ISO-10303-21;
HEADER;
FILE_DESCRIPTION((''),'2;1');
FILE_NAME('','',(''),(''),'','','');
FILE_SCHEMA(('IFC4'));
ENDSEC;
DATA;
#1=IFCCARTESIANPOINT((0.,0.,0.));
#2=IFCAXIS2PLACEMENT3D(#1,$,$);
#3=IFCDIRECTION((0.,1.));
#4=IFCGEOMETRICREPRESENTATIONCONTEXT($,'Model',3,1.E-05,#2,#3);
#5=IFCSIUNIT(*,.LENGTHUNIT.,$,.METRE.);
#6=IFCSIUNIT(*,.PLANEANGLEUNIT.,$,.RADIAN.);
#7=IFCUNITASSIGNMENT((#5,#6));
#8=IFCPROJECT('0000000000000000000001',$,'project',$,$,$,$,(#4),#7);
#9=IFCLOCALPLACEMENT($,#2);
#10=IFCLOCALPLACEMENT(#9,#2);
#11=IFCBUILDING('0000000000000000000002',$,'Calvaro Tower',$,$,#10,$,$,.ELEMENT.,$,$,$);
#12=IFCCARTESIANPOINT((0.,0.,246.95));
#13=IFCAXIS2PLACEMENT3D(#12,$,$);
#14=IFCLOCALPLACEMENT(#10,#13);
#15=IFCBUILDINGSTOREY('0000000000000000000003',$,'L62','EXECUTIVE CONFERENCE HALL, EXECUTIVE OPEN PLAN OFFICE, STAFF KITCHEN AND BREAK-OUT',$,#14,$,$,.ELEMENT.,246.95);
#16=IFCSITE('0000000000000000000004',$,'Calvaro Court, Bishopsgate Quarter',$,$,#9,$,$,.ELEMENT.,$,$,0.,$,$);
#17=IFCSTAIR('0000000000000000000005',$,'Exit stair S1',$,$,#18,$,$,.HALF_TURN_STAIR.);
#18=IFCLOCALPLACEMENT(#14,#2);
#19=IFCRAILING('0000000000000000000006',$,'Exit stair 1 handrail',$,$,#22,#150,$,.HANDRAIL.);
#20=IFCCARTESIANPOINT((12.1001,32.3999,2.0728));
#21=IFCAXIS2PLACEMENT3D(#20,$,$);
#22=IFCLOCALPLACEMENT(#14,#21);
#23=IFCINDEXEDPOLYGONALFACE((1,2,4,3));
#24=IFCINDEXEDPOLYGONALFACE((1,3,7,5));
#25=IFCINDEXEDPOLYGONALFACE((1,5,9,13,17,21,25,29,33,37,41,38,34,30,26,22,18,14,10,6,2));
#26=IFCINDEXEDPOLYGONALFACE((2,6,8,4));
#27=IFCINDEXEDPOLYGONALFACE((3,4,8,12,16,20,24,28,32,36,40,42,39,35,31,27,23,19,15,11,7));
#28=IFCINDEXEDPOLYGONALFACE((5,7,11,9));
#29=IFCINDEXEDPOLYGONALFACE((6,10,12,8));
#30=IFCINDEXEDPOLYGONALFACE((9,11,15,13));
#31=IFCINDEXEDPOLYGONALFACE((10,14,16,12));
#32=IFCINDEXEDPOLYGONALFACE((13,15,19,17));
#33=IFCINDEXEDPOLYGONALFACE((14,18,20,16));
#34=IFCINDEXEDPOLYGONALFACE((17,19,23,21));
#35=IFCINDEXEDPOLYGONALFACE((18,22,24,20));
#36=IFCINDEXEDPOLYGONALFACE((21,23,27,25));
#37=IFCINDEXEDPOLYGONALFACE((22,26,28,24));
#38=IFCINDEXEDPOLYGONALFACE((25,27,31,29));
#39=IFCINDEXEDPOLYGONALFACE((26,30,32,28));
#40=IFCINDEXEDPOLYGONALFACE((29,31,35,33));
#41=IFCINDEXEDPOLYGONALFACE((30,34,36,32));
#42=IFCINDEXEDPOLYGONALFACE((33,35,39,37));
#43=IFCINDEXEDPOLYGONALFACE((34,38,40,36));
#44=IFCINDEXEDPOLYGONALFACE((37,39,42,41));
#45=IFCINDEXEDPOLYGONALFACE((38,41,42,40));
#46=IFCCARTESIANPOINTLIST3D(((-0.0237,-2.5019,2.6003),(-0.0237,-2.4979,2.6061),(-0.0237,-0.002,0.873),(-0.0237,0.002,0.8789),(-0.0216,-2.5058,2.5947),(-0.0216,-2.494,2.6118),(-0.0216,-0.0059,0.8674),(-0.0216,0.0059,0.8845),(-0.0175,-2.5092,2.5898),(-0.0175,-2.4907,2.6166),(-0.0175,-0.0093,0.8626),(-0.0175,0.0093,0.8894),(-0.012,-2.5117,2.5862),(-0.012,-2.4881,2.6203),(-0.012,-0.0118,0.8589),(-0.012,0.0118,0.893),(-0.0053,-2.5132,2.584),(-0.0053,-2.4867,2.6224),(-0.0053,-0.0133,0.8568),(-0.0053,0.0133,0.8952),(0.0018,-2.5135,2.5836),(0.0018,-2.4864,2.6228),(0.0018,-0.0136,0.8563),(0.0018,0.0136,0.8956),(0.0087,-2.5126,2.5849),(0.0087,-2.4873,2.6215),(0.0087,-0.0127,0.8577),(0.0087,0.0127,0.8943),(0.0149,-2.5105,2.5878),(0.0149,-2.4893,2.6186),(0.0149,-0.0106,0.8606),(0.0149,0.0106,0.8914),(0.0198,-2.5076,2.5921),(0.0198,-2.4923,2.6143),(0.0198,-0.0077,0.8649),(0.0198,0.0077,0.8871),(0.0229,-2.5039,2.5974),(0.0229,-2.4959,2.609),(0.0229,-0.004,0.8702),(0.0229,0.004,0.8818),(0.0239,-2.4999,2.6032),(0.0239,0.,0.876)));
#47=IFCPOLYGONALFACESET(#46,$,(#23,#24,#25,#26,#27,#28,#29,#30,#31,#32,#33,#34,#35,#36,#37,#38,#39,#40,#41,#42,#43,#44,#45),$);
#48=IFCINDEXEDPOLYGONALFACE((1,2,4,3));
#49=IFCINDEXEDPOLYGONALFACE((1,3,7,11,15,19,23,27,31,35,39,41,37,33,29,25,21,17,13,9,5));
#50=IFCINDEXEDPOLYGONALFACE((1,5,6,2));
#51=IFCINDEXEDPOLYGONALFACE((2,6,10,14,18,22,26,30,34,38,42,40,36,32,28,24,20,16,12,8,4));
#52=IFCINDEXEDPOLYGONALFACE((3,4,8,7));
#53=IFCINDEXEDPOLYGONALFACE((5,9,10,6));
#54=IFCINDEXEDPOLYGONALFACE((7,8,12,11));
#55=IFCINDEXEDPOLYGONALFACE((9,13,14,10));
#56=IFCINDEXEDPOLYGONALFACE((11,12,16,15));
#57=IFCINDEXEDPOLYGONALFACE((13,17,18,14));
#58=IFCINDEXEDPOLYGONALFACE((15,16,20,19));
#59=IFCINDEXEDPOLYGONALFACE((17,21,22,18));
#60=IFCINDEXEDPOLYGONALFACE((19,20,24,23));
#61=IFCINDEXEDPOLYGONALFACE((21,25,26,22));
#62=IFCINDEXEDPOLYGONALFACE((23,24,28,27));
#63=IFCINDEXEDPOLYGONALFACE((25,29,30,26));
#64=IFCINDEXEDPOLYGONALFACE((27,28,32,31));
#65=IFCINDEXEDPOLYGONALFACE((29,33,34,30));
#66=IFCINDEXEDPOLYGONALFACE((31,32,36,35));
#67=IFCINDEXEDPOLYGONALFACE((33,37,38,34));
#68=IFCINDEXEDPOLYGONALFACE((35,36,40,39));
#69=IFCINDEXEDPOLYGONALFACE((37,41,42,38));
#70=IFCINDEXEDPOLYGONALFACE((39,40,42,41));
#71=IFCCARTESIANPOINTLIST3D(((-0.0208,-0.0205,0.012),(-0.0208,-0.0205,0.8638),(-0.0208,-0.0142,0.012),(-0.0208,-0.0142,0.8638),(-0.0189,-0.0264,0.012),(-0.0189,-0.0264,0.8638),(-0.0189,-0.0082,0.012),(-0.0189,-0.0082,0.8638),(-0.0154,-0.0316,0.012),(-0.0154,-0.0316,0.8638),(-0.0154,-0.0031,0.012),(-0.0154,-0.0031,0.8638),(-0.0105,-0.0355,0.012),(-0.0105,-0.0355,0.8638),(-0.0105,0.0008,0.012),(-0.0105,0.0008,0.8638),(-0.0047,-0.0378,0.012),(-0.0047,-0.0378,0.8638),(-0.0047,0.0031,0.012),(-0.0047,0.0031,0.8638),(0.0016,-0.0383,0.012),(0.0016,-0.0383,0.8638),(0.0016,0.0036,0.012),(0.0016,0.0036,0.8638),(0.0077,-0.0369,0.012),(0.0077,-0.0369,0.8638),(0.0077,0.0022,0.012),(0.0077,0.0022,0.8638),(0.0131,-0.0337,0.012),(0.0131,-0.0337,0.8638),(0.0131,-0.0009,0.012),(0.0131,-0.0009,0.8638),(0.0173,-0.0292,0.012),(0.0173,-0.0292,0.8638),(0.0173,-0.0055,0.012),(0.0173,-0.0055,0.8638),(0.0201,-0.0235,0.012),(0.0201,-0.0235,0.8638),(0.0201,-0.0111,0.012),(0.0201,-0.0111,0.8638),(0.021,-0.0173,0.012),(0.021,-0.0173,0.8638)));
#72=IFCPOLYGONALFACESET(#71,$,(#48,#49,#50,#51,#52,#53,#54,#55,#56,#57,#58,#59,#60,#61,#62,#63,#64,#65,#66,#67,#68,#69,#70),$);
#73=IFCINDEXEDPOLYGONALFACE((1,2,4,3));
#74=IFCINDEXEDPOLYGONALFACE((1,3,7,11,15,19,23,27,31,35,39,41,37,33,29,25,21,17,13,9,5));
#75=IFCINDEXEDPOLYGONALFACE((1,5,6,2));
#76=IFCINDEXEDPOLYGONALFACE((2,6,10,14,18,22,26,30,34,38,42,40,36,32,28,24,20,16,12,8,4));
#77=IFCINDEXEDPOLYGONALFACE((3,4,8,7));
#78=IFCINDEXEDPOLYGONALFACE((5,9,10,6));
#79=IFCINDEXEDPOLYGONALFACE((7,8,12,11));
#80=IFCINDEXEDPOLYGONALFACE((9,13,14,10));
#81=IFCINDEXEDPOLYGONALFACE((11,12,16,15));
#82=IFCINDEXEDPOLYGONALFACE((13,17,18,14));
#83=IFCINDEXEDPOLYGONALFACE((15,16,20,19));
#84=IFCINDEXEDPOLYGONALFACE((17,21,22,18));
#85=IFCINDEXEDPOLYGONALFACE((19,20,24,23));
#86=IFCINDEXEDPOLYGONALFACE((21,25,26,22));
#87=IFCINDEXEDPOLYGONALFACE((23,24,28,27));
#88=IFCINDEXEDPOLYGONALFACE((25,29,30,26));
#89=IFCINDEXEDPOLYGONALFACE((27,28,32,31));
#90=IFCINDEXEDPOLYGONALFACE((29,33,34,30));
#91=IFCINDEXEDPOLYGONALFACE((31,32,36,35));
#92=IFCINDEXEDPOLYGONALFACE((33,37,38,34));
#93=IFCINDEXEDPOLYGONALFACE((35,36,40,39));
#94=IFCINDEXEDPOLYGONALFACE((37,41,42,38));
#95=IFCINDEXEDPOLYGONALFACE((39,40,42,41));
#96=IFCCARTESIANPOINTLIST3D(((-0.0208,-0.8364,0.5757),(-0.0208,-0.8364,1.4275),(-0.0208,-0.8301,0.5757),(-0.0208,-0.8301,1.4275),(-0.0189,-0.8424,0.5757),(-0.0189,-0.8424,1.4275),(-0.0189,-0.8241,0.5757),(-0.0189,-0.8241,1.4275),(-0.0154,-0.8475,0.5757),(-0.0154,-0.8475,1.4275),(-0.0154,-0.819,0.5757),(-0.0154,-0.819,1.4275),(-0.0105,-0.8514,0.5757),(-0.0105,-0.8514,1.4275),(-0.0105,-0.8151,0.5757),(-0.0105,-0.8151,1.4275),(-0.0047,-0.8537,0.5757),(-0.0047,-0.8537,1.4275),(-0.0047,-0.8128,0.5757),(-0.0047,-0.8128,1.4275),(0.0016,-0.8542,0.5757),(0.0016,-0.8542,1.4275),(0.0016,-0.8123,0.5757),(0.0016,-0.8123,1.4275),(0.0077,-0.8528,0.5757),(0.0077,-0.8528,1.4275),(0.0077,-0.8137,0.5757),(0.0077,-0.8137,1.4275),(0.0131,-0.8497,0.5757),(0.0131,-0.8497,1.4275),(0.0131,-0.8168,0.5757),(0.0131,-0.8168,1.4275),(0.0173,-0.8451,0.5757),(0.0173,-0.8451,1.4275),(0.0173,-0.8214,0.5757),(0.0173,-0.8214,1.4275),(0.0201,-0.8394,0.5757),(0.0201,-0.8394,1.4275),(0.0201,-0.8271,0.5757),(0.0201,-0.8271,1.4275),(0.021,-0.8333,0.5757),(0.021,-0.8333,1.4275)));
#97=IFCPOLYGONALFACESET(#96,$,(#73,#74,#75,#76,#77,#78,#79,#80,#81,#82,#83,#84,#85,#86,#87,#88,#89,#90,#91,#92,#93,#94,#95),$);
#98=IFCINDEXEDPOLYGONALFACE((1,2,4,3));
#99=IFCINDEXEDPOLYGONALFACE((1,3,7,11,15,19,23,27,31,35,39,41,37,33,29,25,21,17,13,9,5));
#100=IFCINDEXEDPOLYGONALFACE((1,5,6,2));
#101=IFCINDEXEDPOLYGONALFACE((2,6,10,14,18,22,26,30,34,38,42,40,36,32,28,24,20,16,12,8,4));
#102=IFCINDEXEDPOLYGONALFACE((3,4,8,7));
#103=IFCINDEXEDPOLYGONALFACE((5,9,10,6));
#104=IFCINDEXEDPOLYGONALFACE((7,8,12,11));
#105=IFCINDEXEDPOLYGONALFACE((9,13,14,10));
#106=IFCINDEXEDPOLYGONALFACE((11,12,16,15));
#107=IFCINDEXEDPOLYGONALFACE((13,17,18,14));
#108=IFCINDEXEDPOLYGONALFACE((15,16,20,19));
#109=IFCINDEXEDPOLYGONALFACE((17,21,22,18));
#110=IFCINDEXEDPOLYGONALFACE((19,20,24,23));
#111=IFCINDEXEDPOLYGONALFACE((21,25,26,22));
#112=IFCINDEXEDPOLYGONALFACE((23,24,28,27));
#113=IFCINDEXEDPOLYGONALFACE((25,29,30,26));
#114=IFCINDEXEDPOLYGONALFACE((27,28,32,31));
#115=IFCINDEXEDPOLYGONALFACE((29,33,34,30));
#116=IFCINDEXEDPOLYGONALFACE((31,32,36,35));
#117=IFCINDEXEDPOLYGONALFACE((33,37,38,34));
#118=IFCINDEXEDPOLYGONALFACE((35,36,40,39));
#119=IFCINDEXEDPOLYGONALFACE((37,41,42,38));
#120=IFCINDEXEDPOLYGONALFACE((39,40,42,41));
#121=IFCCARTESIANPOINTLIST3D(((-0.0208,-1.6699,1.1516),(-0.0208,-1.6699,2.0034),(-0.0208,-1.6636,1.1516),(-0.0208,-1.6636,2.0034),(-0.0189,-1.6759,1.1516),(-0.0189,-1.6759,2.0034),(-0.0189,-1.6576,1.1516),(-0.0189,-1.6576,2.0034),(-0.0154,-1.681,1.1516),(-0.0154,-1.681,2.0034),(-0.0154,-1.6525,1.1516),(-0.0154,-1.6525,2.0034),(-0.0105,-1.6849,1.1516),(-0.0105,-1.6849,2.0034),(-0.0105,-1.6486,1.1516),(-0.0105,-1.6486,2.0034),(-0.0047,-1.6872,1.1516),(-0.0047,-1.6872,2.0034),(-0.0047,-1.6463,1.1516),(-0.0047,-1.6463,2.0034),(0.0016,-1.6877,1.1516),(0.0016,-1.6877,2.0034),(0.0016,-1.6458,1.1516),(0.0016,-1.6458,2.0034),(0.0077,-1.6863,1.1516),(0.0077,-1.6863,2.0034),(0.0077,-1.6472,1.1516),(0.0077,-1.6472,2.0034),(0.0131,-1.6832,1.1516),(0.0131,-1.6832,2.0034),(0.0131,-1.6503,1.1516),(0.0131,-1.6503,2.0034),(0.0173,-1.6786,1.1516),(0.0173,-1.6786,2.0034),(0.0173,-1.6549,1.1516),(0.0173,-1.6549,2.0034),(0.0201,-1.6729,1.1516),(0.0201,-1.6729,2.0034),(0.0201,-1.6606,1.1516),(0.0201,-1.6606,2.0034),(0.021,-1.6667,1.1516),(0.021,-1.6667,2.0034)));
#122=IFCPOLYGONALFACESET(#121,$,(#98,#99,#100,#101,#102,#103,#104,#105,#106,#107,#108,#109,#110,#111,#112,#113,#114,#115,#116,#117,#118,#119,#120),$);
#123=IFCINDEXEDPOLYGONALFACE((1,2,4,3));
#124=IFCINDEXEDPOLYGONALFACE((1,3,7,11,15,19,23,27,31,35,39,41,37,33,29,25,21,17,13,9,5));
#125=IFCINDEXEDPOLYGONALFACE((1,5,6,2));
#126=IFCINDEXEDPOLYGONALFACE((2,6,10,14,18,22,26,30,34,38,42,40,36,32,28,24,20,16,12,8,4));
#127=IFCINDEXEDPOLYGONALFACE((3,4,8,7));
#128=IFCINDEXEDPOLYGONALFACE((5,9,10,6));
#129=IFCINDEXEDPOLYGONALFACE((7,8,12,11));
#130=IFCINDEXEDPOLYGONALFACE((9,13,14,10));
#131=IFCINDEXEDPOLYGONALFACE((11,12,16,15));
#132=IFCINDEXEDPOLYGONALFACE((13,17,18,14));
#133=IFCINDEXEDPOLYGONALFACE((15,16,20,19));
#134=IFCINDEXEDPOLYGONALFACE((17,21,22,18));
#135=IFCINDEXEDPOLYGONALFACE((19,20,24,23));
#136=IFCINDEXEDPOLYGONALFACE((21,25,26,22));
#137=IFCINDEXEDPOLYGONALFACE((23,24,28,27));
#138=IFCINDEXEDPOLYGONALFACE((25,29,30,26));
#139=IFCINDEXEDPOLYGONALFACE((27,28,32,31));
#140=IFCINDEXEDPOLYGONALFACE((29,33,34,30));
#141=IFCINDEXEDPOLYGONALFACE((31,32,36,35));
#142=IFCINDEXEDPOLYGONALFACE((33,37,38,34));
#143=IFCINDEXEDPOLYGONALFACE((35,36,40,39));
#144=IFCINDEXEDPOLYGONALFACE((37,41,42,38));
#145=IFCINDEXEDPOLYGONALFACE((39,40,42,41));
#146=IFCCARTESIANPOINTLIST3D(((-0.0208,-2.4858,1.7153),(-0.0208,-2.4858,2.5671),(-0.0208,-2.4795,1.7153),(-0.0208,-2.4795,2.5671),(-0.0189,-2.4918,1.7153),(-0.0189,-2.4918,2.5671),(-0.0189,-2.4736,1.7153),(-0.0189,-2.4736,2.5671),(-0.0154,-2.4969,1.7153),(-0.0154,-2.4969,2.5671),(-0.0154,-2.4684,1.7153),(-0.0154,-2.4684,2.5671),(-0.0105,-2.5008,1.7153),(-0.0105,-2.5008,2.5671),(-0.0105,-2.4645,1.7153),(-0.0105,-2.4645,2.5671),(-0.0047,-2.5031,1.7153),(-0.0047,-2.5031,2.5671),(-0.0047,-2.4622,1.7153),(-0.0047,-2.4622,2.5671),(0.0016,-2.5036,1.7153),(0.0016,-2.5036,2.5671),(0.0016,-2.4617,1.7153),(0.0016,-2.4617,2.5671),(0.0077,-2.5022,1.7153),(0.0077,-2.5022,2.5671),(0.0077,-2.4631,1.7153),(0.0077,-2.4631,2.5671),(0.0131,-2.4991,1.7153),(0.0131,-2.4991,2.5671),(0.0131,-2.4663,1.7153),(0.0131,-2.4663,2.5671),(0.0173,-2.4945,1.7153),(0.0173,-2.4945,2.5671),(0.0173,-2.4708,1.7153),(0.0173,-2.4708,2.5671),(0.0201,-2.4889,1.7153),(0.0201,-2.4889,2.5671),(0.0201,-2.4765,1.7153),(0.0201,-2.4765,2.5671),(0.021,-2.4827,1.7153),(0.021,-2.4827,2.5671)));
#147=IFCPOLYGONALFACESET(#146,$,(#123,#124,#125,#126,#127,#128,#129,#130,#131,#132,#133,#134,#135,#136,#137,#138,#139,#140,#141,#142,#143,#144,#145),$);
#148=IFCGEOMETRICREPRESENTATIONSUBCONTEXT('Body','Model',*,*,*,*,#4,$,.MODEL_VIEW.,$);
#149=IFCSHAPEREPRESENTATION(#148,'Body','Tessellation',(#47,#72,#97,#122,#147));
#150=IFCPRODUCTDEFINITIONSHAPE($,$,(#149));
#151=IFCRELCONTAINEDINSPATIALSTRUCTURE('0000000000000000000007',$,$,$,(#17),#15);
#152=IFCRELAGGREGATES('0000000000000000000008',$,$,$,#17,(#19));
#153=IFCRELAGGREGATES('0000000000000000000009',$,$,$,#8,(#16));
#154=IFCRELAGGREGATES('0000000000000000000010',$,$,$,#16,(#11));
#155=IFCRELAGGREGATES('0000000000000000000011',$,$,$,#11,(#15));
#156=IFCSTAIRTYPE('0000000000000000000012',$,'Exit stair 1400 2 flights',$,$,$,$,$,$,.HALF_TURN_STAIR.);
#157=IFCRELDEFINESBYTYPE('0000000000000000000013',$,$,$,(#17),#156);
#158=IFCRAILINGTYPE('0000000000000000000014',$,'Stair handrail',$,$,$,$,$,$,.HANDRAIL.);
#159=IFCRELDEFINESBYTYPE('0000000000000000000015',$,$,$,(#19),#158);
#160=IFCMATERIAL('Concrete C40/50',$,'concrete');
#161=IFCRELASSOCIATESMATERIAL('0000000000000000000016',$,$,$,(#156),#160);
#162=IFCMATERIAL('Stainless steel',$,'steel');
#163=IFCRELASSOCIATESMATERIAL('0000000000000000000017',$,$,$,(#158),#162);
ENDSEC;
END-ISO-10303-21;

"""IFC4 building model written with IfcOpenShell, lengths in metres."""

from ifc_helpers import new_model, si_unit, direction, frame, origin, origin_2d, place, context, subcontext, project, spatial, circle, extrude, material, type_object, element, aggregate, save


model = new_model("IFC4")

# Units and contexts
model_context = context("Model", 3, precision=1e-05, world=origin(), true_north=direction((0.0, 1.0)))
body_context = subcontext(model_context, "Body", "Model", "MODEL_VIEW")
ifc_project = project(units=[si_unit("LENGTHUNIT", "METRE"), si_unit("PLANEANGLEUNIT", "RADIAN")], contexts=[model_context])

# Site, building, storey
site_placement = place(None, origin())
site = spatial("IfcSite", under=ifc_project, at=site_placement, Name="Calvaro Court, Bishopsgate Quarter", CompositionType="ELEMENT", RefElevation=0.0)
building_placement = place(site_placement, origin())
building = spatial("IfcBuilding", under=site, at=building_placement, Name="Calvaro Tower", CompositionType="ELEMENT")
storey_placement = place(building_placement, frame((0.0, 0.0, 246.95)))
storey = spatial("IfcBuildingStorey", under=building, at=storey_placement, Name="L62", Description="EXECUTIVE CONFERENCE HALL, EXECUTIVE OPEN PLAN OFFICE, STAFF KITCHEN AND BREAK-OUT", CompositionType="ELEMENT", Elevation=246.95)

# Stair, railing
ifc_material_1 = material(Name="Concrete C40/50", Category="concrete")
stair_type = type_object("IfcStairType", Name="Exit stair 1400 2 flights", PredefinedType="HALF_TURN_STAIR", material=ifc_material_1)
stair_placement = place(storey_placement, origin())
stair = element("IfcStair", 1, at=stair_placement, inside=storey, type_object=stair_type, Name="Exit stair S1", PredefinedType="HALF_TURN_STAIR")
ifc_material_2 = material(Name="Stainless steel", Category="steel")
railing_type = type_object("IfcRailingType", Name="Stair handrail", PredefinedType="HANDRAIL", material=ifc_material_2)
railing_placement = place(storey_placement, frame((12.1001, 32.3999, 2.0728)))
railing = element("IfcRailing", 2, at=railing_placement, type_object=railing_type, Name="Exit stair 1 handrail", PredefinedType="HANDRAIL", context=body_context, shape_type="SweptSolid", body=[
    extrude(circle(Radius=0.0239, at=origin_2d()), frame((0.0, 0.0, 0.876), z_axis=(0.0, -0.822727, 0.568437), x_axis=(1.0, 0.0, 0.0)), (0.0, 0.0, 1.0), 3.0386),
    extrude(circle(Radius=0.021, at=origin_2d()), frame((0.0, -0.0173, 0.012)), (0.0, 0.0, 1.0), 0.8518),
    extrude(circle(Radius=0.021, at=origin_2d()), frame((0.0, -0.8333, 0.5757)), (0.0, 0.0, 1.0), 0.8518),
    extrude(circle(Radius=0.021, at=origin_2d()), frame((0.0, -1.6667, 1.1516)), (0.0, 0.0, 1.0), 0.8518),
    extrude(circle(Radius=0.021, at=origin_2d()), frame((0.0, -2.4827, 1.7153)), (0.0, 0.0, 1.0), 0.8518),
])
aggregate(stair, [railing])

save(model, "model.ifc")
